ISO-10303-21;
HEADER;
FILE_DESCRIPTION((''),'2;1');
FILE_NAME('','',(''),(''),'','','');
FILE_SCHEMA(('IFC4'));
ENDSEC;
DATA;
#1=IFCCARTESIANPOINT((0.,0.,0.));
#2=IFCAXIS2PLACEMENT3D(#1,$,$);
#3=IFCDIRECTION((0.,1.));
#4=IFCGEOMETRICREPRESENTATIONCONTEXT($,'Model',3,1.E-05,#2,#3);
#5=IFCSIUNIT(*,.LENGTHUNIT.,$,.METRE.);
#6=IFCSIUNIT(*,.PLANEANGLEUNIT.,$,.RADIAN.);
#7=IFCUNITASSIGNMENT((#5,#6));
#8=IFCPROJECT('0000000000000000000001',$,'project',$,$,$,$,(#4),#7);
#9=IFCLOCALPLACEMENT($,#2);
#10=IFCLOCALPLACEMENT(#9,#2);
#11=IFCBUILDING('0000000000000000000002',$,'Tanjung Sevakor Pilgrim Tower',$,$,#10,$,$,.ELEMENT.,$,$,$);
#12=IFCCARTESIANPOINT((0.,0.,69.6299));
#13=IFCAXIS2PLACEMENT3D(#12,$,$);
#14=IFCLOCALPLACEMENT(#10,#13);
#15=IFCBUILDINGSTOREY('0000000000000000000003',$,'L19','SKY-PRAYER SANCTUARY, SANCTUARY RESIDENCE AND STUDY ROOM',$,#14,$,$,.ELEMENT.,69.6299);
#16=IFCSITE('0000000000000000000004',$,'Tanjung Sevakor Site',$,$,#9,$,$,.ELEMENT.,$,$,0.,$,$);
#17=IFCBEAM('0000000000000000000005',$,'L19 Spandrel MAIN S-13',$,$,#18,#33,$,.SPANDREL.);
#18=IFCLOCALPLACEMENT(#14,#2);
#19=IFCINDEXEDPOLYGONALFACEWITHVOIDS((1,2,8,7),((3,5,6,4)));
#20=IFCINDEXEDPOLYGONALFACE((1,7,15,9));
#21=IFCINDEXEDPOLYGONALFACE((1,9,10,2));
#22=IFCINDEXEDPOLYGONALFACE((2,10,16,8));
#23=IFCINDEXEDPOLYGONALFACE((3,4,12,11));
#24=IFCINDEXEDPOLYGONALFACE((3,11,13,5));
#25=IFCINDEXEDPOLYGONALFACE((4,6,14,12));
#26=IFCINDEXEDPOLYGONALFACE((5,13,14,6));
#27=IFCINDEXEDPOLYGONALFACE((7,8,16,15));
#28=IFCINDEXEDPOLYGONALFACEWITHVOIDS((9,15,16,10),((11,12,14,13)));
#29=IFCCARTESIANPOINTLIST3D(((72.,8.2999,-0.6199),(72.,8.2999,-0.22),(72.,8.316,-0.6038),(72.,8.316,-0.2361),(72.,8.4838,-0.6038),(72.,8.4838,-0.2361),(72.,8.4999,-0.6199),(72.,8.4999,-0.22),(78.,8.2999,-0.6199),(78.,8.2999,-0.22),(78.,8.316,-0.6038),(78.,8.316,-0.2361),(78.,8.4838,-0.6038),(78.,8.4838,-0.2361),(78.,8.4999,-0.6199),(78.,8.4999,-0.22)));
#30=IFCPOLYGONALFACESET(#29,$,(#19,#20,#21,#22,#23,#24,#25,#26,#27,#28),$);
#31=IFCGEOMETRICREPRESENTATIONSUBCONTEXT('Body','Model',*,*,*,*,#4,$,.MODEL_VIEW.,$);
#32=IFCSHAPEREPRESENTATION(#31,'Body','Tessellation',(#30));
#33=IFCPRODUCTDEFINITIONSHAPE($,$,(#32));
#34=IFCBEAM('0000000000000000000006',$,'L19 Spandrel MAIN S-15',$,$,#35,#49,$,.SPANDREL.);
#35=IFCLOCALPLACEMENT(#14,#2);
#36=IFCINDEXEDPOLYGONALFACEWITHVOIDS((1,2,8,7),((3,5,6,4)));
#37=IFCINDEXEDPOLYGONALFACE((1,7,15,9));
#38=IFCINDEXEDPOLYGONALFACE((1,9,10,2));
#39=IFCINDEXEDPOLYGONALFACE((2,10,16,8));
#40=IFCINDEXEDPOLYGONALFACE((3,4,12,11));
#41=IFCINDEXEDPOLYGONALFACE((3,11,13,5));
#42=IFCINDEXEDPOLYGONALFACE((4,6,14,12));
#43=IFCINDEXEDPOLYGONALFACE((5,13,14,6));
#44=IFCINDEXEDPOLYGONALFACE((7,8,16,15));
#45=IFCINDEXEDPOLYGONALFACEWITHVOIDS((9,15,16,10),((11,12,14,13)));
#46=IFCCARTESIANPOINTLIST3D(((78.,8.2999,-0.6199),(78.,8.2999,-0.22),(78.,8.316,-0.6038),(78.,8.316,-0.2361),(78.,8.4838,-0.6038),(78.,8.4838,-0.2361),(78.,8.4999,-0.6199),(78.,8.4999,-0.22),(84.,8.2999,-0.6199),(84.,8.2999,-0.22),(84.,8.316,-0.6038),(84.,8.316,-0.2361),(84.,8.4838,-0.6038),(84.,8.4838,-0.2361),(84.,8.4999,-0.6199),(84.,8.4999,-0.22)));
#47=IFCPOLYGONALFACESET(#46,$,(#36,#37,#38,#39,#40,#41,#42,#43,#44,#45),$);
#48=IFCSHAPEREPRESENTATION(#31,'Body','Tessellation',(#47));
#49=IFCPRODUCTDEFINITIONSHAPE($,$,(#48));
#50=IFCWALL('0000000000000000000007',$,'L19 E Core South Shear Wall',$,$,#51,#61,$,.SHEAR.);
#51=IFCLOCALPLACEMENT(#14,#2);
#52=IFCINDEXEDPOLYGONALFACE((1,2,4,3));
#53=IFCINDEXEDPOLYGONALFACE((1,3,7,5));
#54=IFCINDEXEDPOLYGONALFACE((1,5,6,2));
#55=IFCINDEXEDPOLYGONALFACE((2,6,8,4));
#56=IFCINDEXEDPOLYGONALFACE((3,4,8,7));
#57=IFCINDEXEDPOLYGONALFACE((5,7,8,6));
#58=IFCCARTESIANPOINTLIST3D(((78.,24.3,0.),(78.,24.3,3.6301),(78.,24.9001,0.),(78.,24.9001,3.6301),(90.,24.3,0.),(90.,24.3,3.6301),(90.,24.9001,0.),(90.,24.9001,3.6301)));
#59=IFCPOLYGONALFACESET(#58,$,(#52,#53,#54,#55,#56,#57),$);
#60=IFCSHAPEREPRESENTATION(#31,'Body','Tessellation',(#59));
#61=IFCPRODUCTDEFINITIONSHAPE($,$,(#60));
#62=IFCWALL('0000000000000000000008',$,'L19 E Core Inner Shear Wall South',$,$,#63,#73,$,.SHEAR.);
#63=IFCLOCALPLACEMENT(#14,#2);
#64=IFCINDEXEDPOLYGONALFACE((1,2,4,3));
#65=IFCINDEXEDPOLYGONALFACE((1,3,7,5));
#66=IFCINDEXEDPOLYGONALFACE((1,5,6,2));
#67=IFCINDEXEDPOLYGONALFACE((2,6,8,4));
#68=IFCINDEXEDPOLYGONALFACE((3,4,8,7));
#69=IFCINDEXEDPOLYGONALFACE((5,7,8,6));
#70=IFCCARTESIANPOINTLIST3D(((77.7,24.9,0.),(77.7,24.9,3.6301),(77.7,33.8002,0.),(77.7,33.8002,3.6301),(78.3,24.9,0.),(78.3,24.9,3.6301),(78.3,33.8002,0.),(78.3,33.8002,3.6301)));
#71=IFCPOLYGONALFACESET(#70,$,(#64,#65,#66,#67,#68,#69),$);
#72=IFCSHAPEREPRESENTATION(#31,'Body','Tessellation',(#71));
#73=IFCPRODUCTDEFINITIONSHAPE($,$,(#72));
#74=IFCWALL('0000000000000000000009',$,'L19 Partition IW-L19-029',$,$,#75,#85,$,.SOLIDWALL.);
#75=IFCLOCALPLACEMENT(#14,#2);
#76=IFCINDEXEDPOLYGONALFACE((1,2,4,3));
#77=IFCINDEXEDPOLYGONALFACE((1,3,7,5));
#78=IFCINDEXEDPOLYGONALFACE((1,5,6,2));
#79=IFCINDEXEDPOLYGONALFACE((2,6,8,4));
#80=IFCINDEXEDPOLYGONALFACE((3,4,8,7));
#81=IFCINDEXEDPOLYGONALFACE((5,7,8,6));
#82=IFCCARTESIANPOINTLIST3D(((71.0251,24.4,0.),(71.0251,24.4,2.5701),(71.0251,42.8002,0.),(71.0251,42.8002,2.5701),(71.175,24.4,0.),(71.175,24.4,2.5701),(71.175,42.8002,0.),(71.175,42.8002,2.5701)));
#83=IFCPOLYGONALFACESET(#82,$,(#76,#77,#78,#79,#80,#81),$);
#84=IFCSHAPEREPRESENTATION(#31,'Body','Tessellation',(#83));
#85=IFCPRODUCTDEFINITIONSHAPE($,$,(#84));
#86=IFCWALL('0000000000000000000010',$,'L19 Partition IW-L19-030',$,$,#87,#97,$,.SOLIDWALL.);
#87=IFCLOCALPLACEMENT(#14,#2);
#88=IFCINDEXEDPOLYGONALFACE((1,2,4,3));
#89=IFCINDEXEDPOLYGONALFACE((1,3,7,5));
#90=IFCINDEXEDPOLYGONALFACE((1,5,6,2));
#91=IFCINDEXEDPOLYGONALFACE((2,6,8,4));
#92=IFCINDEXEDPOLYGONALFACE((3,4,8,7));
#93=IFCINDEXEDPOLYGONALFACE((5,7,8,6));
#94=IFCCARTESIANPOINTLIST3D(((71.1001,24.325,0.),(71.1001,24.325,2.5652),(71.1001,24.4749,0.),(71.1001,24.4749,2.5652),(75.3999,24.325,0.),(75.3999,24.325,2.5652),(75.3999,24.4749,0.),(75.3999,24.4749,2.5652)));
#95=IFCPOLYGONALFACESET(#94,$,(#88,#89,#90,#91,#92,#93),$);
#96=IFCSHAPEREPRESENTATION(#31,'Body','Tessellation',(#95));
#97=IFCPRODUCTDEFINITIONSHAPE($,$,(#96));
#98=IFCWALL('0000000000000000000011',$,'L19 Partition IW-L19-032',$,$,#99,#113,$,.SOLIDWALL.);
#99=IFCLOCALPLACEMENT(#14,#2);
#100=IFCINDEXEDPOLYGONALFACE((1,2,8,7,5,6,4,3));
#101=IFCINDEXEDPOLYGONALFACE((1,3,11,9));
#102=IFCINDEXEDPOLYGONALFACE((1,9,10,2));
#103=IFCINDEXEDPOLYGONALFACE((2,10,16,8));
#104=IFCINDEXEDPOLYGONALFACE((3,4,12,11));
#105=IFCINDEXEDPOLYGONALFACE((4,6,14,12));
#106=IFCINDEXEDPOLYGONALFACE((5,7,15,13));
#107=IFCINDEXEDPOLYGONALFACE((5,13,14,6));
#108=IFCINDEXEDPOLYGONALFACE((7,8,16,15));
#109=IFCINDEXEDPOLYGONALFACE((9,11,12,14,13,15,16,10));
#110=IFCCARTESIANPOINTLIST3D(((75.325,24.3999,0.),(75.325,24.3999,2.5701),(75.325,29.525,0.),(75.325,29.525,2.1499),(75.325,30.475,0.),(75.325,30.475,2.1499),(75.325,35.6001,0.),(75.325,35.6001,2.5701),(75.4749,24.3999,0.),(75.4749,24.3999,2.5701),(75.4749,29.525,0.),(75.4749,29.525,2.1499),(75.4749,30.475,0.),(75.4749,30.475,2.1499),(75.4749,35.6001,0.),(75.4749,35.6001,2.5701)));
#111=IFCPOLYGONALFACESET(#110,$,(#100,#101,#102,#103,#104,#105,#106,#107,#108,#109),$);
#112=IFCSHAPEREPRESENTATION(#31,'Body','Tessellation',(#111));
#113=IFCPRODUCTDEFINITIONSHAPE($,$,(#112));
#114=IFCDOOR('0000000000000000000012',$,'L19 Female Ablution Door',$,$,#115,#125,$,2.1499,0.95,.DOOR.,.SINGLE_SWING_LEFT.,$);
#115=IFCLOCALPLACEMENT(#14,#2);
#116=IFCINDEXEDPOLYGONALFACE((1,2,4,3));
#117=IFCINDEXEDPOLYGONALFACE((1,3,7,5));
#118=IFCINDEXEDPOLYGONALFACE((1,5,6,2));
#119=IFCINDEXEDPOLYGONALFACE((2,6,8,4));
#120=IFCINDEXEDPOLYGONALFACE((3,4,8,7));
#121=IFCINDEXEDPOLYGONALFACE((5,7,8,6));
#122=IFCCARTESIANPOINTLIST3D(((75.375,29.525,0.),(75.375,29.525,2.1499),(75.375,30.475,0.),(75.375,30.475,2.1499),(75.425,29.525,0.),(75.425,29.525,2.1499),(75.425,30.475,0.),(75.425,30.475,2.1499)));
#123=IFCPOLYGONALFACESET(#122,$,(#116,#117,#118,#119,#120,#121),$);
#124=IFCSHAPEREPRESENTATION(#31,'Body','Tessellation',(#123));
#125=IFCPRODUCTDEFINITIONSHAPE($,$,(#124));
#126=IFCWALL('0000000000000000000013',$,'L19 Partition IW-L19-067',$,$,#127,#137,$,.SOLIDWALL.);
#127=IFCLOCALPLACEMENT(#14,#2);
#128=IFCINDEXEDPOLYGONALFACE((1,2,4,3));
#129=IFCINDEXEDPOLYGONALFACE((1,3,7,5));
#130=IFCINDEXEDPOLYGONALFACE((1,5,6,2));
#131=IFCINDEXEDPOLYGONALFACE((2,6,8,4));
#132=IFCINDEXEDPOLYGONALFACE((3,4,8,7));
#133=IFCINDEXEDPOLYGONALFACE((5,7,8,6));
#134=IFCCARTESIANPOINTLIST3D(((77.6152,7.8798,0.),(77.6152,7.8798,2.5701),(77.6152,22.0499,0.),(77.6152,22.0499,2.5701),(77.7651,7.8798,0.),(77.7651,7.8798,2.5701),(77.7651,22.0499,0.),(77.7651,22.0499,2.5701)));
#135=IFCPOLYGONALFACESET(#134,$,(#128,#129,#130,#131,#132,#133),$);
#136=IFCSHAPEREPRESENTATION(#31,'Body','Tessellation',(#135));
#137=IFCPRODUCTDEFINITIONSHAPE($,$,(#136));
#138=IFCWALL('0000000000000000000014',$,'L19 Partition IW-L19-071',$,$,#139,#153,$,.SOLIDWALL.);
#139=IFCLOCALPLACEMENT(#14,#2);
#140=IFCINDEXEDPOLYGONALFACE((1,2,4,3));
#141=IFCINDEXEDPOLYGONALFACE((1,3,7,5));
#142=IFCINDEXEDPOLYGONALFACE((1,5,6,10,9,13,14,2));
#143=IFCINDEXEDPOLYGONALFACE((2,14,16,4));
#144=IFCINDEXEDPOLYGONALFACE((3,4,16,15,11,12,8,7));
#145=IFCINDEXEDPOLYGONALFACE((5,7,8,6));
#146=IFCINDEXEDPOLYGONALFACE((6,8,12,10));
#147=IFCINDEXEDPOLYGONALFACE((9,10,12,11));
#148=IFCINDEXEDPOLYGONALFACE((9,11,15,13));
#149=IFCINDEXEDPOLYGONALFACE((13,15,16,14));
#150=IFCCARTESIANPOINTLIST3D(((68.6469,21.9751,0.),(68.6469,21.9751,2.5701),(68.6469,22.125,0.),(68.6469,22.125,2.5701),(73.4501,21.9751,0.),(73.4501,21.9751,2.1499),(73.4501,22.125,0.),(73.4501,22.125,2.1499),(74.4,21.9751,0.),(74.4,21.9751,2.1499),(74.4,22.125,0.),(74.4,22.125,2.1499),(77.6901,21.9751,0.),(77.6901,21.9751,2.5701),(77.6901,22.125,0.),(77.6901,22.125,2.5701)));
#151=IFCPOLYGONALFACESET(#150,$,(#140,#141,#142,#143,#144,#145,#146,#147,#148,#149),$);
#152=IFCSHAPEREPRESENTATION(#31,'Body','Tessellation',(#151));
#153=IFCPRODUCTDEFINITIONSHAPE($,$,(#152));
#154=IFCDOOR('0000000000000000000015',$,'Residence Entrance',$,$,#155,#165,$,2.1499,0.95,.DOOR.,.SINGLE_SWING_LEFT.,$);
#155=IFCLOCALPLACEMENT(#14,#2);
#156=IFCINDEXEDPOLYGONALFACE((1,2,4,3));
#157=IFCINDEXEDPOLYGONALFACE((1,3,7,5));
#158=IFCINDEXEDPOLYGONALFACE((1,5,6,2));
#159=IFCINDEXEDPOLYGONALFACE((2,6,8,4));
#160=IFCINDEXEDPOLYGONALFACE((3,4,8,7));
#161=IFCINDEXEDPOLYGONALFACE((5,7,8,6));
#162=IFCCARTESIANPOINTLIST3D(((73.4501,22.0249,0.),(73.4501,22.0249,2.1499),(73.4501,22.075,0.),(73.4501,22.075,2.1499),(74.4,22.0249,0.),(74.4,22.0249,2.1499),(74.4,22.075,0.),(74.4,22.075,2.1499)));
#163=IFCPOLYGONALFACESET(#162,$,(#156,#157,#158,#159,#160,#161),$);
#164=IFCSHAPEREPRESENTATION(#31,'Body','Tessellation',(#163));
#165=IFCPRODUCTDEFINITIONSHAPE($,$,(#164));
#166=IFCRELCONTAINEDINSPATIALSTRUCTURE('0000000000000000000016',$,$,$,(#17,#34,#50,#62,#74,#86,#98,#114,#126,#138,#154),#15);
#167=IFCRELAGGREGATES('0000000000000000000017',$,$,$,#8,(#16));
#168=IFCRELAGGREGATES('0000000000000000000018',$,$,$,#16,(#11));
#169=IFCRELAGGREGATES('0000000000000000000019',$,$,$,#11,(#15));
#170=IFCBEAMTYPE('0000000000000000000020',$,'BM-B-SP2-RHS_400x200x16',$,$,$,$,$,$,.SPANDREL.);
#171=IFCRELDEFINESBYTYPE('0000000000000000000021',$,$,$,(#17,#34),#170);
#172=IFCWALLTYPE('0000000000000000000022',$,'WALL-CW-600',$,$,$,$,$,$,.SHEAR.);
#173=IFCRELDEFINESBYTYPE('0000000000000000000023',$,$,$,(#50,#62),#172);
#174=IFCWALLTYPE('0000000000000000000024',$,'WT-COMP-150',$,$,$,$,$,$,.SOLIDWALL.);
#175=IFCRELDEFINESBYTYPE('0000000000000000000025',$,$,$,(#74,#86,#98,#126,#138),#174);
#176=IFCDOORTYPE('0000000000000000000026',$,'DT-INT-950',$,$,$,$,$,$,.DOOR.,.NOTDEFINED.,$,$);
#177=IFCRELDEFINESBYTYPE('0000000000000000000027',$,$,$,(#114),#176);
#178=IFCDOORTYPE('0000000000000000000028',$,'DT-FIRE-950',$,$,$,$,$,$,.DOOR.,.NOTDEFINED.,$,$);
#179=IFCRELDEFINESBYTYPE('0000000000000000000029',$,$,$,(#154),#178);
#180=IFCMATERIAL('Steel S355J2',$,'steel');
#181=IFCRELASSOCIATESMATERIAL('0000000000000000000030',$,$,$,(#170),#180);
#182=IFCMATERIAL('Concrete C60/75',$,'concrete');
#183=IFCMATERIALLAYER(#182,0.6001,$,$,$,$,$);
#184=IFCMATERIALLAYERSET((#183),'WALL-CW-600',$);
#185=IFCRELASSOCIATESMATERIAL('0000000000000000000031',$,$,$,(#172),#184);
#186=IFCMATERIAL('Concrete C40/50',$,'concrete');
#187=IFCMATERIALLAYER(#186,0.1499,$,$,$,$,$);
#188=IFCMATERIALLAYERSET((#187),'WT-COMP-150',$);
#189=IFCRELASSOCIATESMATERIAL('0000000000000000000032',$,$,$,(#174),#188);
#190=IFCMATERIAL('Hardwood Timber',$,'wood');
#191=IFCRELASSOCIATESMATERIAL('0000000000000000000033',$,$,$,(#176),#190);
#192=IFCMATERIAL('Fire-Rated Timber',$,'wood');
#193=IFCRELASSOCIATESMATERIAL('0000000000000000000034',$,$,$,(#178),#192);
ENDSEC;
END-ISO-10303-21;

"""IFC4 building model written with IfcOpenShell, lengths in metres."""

from ifc_helpers import new_model, si_unit, direction, frame, frame_2d, origin, origin_2d, place, context, subcontext, project, spatial, rectangle, hollow_rectangle, extrude, material, layer, layer_set, material_profile, profile_set, type_object, element, fill, save


model = new_model("IFC4")

# Units and contexts
model_context = context("Model", 3, precision=1e-05, world=origin(), true_north=direction((0.0, 1.0)))
body_context = subcontext(model_context, "Body", "Model", "MODEL_VIEW")
ifc_project = project(units=[si_unit("LENGTHUNIT", "METRE"), si_unit("PLANEANGLEUNIT", "RADIAN")], contexts=[model_context])

# Site, building, storey
site_placement = place(None, origin())
site = spatial("IfcSite", under=ifc_project, at=site_placement, Name="Tanjung Sevakor Site", CompositionType="ELEMENT", RefElevation=0.0)
building_placement = place(site_placement, origin())
building = spatial("IfcBuilding", under=site, at=building_placement, Name="Tanjung Sevakor Pilgrim Tower", CompositionType="ELEMENT")
storey_placement = place(building_placement, frame((0.0, 0.0, 69.6299)))
storey = spatial("IfcBuildingStorey", under=building, at=storey_placement, Name="L19", Description="SKY-PRAYER SANCTUARY, SANCTUARY RESIDENCE AND STUDY ROOM", CompositionType="ELEMENT", Elevation=69.6299)

# Beams
ifc_material_1 = material(Name="Steel S355J2", Category="steel")
ifc_material_profile_1 = material_profile(ifc_material_1, hollow_rectangle(XDim=0.2, YDim=0.3999, WallThickness=0.0161, at=origin_2d()))
ifc_profile_set_1 = profile_set([ifc_material_profile_1], Name="Steel S355J2")
beam_type_1 = type_object("IfcBeamType", Name="BM-B-SP2-RHS_400x200x16", PredefinedType="SPANDREL", material=ifc_profile_set_1)
for number, where, z_axis, x_axis, name in (
    (1, (72.0, 8.3999, -0.4199), (1.0, 0.0, 0.0), (0.0, 1.0, 0.0), "L19 Spandrel MAIN S-13"),
    (2, (78.0, 8.3999, -0.4199), (1.0, 0.0, 0.0), (0.0, 1.0, 0.0), "L19 Spandrel MAIN S-15"),
):
    element("IfcBeam", number, at=place(storey_placement, frame(where, z_axis=z_axis, x_axis=x_axis)), inside=storey, type_object=beam_type_1, Name=name, PredefinedType="SPANDREL", context=body_context, shape_type="SweptSolid", body=[
        extrude(hollow_rectangle(XDim=0.2, YDim=0.3999, WallThickness=0.0161, at=origin_2d()), origin(), (0.0, 0.0, 1.0), 6.0),
    ])

# Walls
ifc_material_2 = material(Name="Concrete C60/75", Category="concrete")
ifc_layer_1 = layer(ifc_material_2, 0.6001)
ifc_layer_set_1 = layer_set([ifc_layer_1], Name="WALL-CW-600")
wall_type_1 = type_object("IfcWallType", Name="WALL-CW-600", PredefinedType="SHEAR", material=ifc_layer_set_1)
wall_1_placement = place(storey_placement, frame((78.0, 24.6001, 0.0), z_axis=(0.0, 0.0, 1.0), x_axis=(1.0, 0.0, 0.0)))
element("IfcWall", 3, at=wall_1_placement, inside=storey, type_object=wall_type_1, Name="L19 E Core South Shear Wall", PredefinedType="SHEAR", context=body_context, shape_type="SweptSolid", body=[
    extrude(rectangle(XDim=12.0, YDim=0.6001, at=frame_2d((6.0, 0.0))), origin(), (0.0, 0.0, 1.0), 3.6301),
])
wall_2_placement = place(storey_placement, frame((78.0, 24.8999, 0.0), z_axis=(0.0, 0.0, 1.0), x_axis=(0.0, 1.0, 0.0)))
element("IfcWall", 4, at=wall_2_placement, inside=storey, type_object=wall_type_1, Name="L19 E Core Inner Shear Wall South", PredefinedType="SHEAR", context=body_context, shape_type="SweptSolid", body=[
    extrude(rectangle(XDim=8.9001, YDim=0.6001, at=frame_2d((4.4502, 0.0))), origin(), (0.0, 0.0, 1.0), 3.6301),
])
ifc_material_3 = material(Name="Concrete C40/50", Category="concrete")
ifc_layer_2 = layer(ifc_material_3, 0.1499)
ifc_layer_set_2 = layer_set([ifc_layer_2], Name="WT-COMP-150")
wall_type_2 = type_object("IfcWallType", Name="WT-COMP-150", PredefinedType="SOLIDWALL", material=ifc_layer_set_2)
wall_3_placement = place(storey_placement, frame((71.1001, 24.3999, 0.0), z_axis=(0.0, 0.0, 1.0), x_axis=(0.0, 1.0, 0.0)))
element("IfcWall", 5, at=wall_3_placement, inside=storey, type_object=wall_type_2, Name="L19 Partition IW-L19-029", PredefinedType="SOLIDWALL", context=body_context, shape_type="SweptSolid", body=[
    extrude(rectangle(XDim=18.4001, YDim=0.1499, at=frame_2d((9.2002, 0.0))), origin(), (0.0, 0.0, 1.0), 2.5701),
])
wall_4_placement = place(storey_placement, frame((71.1001, 24.3999, 0.0), z_axis=(0.0, 0.0, 1.0), x_axis=(1.0, 0.0, 0.0)))
element("IfcWall", 6, at=wall_4_placement, inside=storey, type_object=wall_type_2, Name="L19 Partition IW-L19-030", PredefinedType="SOLIDWALL", context=body_context, shape_type="SweptSolid", body=[
    extrude(rectangle(XDim=4.2998, YDim=0.1499, at=frame_2d((2.1499, 0.0))), origin(), (0.0, 0.0, 1.0), 2.5652),
])

# Wall, opening, door
wall_5_placement = place(storey_placement, frame((75.3999, 24.3999, 0.0), z_axis=(0.0, 0.0, 1.0), x_axis=(0.0, 1.0, 0.0)))
wall_5 = element("IfcWall", 7, at=wall_5_placement, inside=storey, type_object=wall_type_2, Name="L19 Partition IW-L19-032", PredefinedType="SOLIDWALL", context=body_context, shape_type="SweptSolid", body=[
    extrude(rectangle(XDim=11.2002, YDim=0.1499, at=frame_2d((5.6001, 0.0))), origin(), (0.0, 0.0, 1.0), 2.5701),
])
opening_1_placement = place(wall_5_placement, frame((5.125, 0.0, 0.0)))
opening_1 = element("IfcOpeningElement", 8, at=opening_1_placement, cuts=wall_5, PredefinedType="OPENING", context=body_context, shape_type="SweptSolid", body=[
    extrude(rectangle(XDim=0.95, YDim=2.1499, at=frame_2d((0.4751, 1.075))), frame((0.0, 0.085, 0.0), z_axis=(0.0, -1.0, 0.0), x_axis=(1.0, 0.0, 0.0)), (0.0, 0.0, 1.0), 0.1699),
])
ifc_material_4 = material(Name="Hardwood Timber", Category="wood")
door_type_1 = type_object("IfcDoorType", Name="DT-INT-950", OperationType="NOTDEFINED", PredefinedType="DOOR", material=ifc_material_4)
door_1_placement = place(opening_1_placement, origin())
door_1 = element("IfcDoor", 9, at=door_1_placement, inside=storey, type_object=door_type_1, Name="L19 Female Ablution Door", OperationType="SINGLE_SWING_LEFT", OverallHeight=2.1499, OverallWidth=0.95, PredefinedType="DOOR", context=body_context, shape_type="SweptSolid", body=[
    extrude(rectangle(XDim=0.95, YDim=2.1499, at=frame_2d((0.4751, 1.075))), frame((0.0, 0.0249, 0.0), z_axis=(0.0, -1.0, 0.0), x_axis=(1.0, 0.0, 0.0)), (0.0, 0.0, 1.0), 0.05),
])
fill(opening_1, door_1)

# Wall
wall_6_placement = place(storey_placement, frame((77.6902, 7.8799, 0.0), z_axis=(0.0, 0.0, 1.0), x_axis=(0.0, 1.0, 0.0)))
element("IfcWall", 10, at=wall_6_placement, inside=storey, type_object=wall_type_2, Name="L19 Partition IW-L19-067", PredefinedType="SOLIDWALL", context=body_context, shape_type="SweptSolid", body=[
    extrude(rectangle(XDim=14.1702, YDim=0.1499, at=frame_2d((7.085, 0.0))), origin(), (0.0, 0.0, 1.0), 2.5701),
])

# Wall, opening, door
wall_7_placement = place(storey_placement, frame((68.647, 22.05, 0.0), z_axis=(0.0, 0.0, 1.0), x_axis=(1.0, 0.0, 0.0)))
wall_7 = element("IfcWall", 11, at=wall_7_placement, inside=storey, type_object=wall_type_2, Name="L19 Partition IW-L19-071", PredefinedType="SOLIDWALL", context=body_context, shape_type="SweptSolid", body=[
    extrude(rectangle(XDim=9.0432, YDim=0.1499, at=frame_2d((4.5215, 0.0))), origin(), (0.0, 0.0, 1.0), 2.5701),
])
opening_2_placement = place(wall_7_placement, frame((4.803, 0.0, 0.0)))
opening_2 = element("IfcOpeningElement", 12, at=opening_2_placement, cuts=wall_7, PredefinedType="OPENING", context=body_context, shape_type="SweptSolid", body=[
    extrude(rectangle(XDim=0.95, YDim=2.1499, at=frame_2d((0.4751, 1.075))), frame((0.0, 0.085, 0.0), z_axis=(0.0, -1.0, 0.0), x_axis=(1.0, 0.0, 0.0)), (0.0, 0.0, 1.0), 0.1699),
])
ifc_material_5 = material(Name="Fire-Rated Timber", Category="wood")
door_type_2 = type_object("IfcDoorType", Name="DT-FIRE-950", OperationType="NOTDEFINED", PredefinedType="DOOR", material=ifc_material_5)
door_2_placement = place(opening_2_placement, origin())
door_2 = element("IfcDoor", 13, at=door_2_placement, inside=storey, type_object=door_type_2, Name="Residence Entrance", OperationType="SINGLE_SWING_LEFT", OverallHeight=2.1499, OverallWidth=0.95, PredefinedType="DOOR", context=body_context, shape_type="SweptSolid", body=[
    extrude(rectangle(XDim=0.95, YDim=2.1499, at=frame_2d((0.4751, 1.075))), frame((0.0, 0.0249, 0.0), z_axis=(0.0, -1.0, 0.0), x_axis=(1.0, 0.0, 0.0)), (0.0, 0.0, 1.0), 0.05),
])
fill(opening_2, door_2)

save(model, "model.ifc")
